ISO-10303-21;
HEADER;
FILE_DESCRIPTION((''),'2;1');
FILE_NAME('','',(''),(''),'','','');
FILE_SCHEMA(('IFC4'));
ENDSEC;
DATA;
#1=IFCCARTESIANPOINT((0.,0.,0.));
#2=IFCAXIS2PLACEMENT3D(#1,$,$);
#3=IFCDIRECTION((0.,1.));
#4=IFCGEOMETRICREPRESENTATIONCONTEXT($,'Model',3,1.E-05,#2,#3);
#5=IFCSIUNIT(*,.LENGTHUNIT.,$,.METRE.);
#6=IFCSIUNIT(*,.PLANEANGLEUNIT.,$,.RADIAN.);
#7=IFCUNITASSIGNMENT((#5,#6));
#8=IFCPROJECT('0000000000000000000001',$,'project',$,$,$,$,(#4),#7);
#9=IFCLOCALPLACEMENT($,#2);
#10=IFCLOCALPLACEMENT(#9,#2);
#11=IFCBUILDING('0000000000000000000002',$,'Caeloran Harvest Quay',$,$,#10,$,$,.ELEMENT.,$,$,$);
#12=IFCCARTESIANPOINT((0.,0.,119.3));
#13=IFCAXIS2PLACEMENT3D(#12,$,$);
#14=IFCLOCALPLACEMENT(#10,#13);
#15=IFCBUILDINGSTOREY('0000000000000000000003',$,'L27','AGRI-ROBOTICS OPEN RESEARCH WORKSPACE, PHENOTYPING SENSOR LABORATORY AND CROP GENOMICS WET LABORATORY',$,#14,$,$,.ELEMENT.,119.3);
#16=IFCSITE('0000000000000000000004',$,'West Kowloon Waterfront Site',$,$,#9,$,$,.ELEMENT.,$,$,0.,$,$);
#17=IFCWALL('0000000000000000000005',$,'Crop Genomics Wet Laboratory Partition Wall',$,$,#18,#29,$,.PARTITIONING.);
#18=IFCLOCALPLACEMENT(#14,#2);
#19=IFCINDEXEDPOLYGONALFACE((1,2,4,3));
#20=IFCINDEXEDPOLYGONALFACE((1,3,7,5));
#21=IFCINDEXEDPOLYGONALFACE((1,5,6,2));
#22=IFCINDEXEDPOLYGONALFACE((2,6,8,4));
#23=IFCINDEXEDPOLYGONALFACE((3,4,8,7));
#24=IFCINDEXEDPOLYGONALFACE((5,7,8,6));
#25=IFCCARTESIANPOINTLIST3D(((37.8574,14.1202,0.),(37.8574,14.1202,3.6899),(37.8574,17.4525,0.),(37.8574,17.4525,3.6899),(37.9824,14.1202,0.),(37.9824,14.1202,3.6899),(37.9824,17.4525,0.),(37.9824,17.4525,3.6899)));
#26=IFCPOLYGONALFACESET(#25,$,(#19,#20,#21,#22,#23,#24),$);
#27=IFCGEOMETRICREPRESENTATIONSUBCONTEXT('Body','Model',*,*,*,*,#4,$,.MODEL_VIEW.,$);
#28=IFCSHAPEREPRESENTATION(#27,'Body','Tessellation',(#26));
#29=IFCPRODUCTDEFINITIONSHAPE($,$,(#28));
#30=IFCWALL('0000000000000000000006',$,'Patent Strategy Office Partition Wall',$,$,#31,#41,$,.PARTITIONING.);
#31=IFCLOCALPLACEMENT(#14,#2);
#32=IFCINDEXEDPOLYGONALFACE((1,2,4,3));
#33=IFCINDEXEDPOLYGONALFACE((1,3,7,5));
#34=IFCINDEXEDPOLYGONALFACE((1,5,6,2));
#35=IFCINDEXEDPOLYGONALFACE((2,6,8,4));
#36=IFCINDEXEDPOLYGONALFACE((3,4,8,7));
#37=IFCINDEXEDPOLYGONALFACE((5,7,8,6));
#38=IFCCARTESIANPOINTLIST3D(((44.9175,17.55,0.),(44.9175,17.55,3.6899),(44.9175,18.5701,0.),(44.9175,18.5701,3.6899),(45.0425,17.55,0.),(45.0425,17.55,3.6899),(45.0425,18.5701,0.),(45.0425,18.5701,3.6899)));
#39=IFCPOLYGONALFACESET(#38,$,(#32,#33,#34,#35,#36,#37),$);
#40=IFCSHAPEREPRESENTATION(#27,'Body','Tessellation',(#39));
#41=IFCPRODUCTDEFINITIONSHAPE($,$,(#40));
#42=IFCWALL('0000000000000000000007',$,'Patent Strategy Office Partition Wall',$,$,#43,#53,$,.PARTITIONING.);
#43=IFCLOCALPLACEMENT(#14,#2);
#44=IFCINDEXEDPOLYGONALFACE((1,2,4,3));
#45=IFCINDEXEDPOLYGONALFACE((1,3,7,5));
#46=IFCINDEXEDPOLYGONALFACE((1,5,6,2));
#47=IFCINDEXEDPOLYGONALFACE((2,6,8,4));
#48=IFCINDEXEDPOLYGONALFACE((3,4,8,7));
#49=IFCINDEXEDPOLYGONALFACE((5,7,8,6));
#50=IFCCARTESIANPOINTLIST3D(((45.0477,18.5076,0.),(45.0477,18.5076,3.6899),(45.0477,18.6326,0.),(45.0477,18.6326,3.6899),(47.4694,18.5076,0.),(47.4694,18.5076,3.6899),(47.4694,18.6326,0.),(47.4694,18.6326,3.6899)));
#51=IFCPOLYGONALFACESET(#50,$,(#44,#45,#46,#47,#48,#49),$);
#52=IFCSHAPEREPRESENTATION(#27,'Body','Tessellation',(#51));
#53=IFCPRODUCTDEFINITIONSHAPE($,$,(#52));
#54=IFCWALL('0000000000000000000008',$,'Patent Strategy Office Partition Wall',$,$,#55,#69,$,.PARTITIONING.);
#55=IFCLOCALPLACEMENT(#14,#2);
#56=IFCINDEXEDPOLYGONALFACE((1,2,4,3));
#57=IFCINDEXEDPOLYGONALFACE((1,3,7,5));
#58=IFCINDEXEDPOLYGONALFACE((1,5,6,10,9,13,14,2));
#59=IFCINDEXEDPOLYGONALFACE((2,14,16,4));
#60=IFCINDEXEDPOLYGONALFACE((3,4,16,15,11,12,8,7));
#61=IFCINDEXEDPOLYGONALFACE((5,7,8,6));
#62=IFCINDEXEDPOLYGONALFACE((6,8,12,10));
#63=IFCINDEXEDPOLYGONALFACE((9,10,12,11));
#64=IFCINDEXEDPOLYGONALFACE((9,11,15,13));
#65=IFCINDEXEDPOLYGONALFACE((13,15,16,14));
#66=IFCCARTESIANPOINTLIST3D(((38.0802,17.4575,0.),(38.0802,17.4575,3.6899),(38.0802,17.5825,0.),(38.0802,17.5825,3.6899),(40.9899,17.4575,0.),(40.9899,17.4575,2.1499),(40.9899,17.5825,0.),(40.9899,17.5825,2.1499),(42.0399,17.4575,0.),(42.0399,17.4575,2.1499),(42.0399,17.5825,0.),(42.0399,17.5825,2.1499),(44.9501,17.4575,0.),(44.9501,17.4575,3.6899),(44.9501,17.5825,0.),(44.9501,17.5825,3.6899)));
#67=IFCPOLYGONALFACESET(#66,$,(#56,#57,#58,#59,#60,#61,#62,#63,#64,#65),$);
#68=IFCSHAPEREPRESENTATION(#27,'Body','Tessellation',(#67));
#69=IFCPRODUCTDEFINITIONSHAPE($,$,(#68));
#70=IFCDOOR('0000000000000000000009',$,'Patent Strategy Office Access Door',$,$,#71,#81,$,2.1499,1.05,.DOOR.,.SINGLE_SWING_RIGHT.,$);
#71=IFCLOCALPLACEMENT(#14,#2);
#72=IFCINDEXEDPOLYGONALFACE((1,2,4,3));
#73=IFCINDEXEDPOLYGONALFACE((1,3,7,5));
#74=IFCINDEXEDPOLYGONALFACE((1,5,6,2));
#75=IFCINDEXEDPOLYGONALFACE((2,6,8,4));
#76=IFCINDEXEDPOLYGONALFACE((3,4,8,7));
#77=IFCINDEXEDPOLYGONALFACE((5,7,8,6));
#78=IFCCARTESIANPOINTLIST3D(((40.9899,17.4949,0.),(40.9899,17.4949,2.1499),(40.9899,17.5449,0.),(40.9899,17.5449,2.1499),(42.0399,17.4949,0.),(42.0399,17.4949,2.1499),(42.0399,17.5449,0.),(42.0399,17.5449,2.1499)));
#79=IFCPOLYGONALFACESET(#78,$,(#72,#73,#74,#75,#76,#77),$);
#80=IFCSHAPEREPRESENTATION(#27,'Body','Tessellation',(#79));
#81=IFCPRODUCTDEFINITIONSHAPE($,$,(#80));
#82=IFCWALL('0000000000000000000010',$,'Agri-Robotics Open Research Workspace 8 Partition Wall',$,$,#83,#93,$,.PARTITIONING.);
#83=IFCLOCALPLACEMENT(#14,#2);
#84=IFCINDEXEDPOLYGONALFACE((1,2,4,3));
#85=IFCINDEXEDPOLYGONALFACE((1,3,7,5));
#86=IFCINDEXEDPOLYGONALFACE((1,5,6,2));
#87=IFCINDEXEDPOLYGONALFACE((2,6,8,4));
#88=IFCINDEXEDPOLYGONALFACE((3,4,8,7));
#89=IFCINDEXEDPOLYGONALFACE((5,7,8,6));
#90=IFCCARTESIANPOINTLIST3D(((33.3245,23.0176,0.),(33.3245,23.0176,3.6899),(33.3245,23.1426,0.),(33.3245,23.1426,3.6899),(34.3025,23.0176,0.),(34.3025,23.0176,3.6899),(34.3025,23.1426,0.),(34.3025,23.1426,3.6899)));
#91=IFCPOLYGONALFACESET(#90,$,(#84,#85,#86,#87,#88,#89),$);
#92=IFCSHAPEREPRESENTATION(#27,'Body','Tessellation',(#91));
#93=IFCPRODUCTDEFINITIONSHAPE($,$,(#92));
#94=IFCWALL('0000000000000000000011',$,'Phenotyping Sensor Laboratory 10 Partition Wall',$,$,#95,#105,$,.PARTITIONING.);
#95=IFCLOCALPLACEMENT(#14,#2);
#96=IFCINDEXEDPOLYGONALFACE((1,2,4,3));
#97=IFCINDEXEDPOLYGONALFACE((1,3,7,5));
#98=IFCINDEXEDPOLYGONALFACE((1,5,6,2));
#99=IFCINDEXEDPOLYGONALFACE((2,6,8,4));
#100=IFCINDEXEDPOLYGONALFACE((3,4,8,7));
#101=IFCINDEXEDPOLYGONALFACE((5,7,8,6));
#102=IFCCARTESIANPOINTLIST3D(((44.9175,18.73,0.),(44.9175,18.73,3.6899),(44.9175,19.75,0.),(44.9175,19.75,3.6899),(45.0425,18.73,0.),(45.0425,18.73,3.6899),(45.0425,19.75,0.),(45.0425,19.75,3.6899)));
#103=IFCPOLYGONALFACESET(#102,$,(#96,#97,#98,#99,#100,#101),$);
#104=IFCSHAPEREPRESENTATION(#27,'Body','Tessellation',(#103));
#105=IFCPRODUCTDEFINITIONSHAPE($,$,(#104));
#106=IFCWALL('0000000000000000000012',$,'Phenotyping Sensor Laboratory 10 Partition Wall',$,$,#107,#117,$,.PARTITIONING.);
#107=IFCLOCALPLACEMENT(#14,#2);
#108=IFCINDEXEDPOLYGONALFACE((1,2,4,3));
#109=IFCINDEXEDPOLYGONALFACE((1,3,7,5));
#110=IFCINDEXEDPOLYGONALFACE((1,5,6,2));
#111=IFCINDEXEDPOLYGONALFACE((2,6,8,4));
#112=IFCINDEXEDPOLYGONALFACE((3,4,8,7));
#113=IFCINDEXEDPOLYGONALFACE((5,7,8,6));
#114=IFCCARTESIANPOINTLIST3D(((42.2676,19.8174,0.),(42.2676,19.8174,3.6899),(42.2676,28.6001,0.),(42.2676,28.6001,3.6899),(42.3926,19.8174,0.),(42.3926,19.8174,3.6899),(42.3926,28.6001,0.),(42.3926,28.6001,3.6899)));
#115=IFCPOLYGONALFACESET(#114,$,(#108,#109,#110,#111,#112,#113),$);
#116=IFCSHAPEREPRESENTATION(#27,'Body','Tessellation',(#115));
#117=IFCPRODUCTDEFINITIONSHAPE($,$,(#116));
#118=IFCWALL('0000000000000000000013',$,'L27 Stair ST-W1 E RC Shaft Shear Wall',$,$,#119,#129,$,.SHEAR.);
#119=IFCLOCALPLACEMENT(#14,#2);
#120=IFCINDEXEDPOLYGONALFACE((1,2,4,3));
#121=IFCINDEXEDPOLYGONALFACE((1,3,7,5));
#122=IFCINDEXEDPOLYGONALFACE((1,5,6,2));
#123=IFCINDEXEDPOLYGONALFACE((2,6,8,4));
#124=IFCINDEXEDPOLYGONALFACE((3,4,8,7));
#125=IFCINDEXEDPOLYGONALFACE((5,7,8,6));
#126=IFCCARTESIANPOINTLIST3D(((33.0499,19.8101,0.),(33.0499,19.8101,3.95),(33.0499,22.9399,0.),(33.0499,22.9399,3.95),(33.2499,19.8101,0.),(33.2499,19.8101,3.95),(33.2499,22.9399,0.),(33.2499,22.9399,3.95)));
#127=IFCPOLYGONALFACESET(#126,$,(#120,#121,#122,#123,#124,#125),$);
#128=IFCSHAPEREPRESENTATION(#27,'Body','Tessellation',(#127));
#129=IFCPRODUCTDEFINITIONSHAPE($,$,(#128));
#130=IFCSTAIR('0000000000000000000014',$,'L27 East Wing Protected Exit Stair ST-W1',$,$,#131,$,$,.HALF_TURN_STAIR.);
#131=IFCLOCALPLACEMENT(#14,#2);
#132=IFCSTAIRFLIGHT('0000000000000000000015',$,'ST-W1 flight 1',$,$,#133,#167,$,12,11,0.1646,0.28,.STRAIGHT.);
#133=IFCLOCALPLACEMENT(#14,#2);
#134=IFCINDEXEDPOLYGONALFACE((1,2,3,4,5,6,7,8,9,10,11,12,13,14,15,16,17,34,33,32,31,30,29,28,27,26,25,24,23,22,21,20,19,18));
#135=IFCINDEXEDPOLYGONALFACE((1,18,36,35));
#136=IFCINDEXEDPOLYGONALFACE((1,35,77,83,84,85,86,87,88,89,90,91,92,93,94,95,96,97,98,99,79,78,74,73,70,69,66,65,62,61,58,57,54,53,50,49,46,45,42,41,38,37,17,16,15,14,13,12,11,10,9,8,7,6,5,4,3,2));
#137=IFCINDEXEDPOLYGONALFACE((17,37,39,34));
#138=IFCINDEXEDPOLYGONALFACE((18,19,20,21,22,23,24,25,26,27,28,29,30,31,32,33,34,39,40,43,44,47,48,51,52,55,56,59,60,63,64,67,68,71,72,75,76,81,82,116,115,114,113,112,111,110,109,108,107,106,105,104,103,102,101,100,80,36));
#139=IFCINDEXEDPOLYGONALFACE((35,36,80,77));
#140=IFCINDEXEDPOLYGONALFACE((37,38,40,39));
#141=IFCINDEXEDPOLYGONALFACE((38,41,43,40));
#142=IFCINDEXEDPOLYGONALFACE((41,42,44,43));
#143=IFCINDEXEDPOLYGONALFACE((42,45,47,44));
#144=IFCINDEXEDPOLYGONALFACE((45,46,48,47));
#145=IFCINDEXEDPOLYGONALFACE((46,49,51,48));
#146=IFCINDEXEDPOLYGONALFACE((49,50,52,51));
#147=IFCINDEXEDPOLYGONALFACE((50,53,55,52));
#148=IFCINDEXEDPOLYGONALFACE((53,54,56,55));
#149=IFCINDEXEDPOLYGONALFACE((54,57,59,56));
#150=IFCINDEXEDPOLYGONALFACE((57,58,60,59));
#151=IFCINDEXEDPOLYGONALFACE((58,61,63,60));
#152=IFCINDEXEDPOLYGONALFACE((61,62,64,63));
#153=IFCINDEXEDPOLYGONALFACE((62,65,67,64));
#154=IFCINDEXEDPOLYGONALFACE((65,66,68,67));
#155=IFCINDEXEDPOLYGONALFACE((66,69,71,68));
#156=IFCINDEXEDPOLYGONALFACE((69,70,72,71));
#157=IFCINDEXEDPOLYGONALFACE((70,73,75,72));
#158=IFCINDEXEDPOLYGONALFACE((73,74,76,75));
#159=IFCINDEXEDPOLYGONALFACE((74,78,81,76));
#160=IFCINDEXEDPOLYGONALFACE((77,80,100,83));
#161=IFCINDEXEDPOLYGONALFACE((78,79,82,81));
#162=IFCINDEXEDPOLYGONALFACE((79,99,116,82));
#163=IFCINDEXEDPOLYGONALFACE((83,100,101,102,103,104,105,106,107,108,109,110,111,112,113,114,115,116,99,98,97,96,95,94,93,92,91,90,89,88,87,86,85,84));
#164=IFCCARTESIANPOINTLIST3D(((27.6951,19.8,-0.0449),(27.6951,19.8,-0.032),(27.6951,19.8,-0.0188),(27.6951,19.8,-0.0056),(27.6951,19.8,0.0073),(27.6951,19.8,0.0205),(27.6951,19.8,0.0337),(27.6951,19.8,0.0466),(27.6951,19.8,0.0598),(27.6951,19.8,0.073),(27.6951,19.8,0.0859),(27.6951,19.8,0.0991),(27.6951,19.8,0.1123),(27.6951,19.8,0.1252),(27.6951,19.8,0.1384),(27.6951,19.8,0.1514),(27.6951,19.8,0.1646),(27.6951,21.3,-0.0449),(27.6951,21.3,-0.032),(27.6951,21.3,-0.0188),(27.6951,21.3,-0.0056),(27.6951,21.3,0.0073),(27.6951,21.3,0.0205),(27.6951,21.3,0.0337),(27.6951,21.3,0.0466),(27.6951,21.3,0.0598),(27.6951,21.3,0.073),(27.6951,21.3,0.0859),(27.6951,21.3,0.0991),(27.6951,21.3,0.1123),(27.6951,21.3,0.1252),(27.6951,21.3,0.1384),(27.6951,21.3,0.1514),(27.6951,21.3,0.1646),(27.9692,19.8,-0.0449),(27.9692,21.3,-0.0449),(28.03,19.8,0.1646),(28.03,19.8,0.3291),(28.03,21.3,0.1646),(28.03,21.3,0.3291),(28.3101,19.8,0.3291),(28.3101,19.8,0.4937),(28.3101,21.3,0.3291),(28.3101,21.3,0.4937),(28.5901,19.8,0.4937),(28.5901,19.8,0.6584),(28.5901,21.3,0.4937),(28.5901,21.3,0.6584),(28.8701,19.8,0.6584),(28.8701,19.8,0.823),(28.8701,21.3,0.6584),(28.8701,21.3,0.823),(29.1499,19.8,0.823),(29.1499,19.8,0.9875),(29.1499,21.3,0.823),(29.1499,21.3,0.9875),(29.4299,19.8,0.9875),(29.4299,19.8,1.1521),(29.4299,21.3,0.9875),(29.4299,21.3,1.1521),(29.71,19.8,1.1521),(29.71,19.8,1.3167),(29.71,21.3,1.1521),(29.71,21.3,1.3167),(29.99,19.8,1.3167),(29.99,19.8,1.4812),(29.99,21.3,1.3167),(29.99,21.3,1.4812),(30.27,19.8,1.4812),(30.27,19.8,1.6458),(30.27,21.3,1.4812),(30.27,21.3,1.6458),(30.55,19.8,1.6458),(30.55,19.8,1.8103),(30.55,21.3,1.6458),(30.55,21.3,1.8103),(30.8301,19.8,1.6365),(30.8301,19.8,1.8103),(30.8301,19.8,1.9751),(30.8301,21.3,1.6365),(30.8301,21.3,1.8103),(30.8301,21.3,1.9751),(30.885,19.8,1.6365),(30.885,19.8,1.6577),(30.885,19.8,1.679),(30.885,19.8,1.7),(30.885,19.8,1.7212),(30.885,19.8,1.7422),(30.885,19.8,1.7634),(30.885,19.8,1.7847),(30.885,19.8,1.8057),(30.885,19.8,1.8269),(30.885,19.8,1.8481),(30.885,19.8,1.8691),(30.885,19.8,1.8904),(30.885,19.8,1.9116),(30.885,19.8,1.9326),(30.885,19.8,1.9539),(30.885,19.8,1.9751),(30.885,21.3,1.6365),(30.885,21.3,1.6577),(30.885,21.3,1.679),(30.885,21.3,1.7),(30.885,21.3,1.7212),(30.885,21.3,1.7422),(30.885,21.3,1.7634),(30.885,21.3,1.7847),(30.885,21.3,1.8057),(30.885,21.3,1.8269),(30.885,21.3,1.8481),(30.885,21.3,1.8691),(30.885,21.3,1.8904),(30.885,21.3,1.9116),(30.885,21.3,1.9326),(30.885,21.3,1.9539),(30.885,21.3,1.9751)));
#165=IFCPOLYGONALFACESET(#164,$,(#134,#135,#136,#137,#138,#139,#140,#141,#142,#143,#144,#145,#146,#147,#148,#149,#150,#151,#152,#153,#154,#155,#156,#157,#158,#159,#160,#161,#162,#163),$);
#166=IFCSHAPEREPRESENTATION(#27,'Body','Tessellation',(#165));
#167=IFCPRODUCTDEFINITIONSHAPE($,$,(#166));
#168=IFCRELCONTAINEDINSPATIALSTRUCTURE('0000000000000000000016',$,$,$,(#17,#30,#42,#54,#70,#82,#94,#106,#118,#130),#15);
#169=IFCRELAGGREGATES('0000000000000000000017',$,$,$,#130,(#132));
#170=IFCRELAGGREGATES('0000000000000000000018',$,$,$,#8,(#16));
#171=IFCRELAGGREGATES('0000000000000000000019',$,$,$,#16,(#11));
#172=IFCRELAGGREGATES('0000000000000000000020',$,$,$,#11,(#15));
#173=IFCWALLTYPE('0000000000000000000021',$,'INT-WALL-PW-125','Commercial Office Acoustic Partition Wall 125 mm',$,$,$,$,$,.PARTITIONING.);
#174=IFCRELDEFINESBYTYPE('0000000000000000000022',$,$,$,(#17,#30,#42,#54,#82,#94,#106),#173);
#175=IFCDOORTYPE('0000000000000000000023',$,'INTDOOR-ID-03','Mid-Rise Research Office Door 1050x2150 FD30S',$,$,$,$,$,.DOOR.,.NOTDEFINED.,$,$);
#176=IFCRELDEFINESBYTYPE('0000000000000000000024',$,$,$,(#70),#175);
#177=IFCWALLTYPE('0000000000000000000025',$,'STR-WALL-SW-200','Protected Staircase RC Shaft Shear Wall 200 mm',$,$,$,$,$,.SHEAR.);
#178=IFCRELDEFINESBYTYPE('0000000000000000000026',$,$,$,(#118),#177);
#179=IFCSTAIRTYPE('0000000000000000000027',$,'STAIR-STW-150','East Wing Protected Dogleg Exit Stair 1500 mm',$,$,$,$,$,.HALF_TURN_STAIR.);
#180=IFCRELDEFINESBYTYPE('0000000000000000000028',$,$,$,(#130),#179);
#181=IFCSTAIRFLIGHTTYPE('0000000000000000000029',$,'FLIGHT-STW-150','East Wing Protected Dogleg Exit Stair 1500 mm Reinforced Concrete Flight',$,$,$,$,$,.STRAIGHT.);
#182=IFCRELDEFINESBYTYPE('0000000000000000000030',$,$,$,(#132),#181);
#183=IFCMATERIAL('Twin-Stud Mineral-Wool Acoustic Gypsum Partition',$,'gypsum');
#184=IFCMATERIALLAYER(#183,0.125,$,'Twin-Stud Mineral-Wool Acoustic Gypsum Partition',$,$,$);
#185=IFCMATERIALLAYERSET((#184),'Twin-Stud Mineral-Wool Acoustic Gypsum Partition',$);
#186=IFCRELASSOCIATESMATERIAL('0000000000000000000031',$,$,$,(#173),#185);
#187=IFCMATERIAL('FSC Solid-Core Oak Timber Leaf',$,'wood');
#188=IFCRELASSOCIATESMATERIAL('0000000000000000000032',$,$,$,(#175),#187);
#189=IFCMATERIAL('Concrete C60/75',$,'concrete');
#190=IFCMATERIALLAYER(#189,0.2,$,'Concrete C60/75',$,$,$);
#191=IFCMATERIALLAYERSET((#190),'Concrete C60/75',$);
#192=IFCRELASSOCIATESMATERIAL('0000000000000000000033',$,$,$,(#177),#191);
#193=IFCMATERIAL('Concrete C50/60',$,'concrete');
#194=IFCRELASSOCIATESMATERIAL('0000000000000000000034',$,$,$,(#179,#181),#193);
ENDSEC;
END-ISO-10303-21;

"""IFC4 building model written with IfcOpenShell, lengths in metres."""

from ifc_helpers import new_model, si_unit, direction, frame, frame_2d, origin, place, context, subcontext, project, spatial, polyline, rectangle, outline, extrude, material, layer, layer_set, type_object, element, fill, aggregate, save


model = new_model("IFC4")

# Units and contexts
model_context = context("Model", 3, precision=1e-05, world=origin(), true_north=direction((0.0, 1.0)))
body_context = subcontext(model_context, "Body", "Model", "MODEL_VIEW")
ifc_project = project(units=[si_unit("LENGTHUNIT", "METRE"), si_unit("PLANEANGLEUNIT", "RADIAN")], contexts=[model_context])

# Site, building, storey
site_placement = place(None, origin())
site = spatial("IfcSite", under=ifc_project, at=site_placement, Name="West Kowloon Waterfront Site", CompositionType="ELEMENT", RefElevation=0.0)
building_placement = place(site_placement, origin())
building = spatial("IfcBuilding", under=site, at=building_placement, Name="Caeloran Harvest Quay", CompositionType="ELEMENT")
storey_placement = place(building_placement, frame((0.0, 0.0, 119.3)))
storey = spatial("IfcBuildingStorey", under=building, at=storey_placement, Name="L27", Description="AGRI-ROBOTICS OPEN RESEARCH WORKSPACE, PHENOTYPING SENSOR LABORATORY AND CROP GENOMICS WET LABORATORY", CompositionType="ELEMENT", Elevation=119.3)

# Walls
ifc_material_1 = material(Name="Twin-Stud Mineral-Wool Acoustic Gypsum Partition", Category="gypsum")
ifc_layer_1 = layer(ifc_material_1, 0.125, Name="Twin-Stud Mineral-Wool Acoustic Gypsum Partition")
ifc_layer_set_1 = layer_set([ifc_layer_1], Name="Twin-Stud Mineral-Wool Acoustic Gypsum Partition")
wall_type_1 = type_object("IfcWallType", Name="INT-WALL-PW-125", Description="Commercial Office Acoustic Partition Wall 125 mm", PredefinedType="PARTITIONING", material=ifc_layer_set_1)
wall_1_placement = place(storey_placement, frame((37.9199, 17.4524, 0.0), z_axis=(0.0, 0.0, 1.0), x_axis=(0.0, -1.0, 0.0)))
element("IfcWall", 1, at=wall_1_placement, inside=storey, type_object=wall_type_1, Name="Crop Genomics Wet Laboratory Partition Wall", PredefinedType="PARTITIONING", context=body_context, shape_type="SweptSolid", body=[
    extrude(rectangle(XDim=3.3323, YDim=0.125, at=frame_2d((1.666, 0.0))), origin(), (0.0, 0.0, 1.0), 3.6899),
])
wall_2_placement = place(storey_placement, frame((44.98, 17.55, 0.0), z_axis=(0.0, 0.0, 1.0), x_axis=(0.0, 1.0, 0.0)))
element("IfcWall", 2, at=wall_2_placement, inside=storey, type_object=wall_type_1, Name="Patent Strategy Office Partition Wall", PredefinedType="PARTITIONING", context=body_context, shape_type="SweptSolid", body=[
    extrude(rectangle(XDim=1.02, YDim=0.125, at=frame_2d((0.51, 0.0))), origin(), (0.0, 0.0, 1.0), 3.6899),
])
wall_3_placement = place(storey_placement, frame((45.0476, 18.5701, 0.0), z_axis=(0.0, 0.0, 1.0), x_axis=(1.0, 0.0, 0.0)))
element("IfcWall", 3, at=wall_3_placement, inside=storey, type_object=wall_type_1, Name="Patent Strategy Office Partition Wall", PredefinedType="PARTITIONING", context=body_context, shape_type="SweptSolid", body=[
    extrude(rectangle(XDim=2.4216, YDim=0.125, at=frame_2d((1.2109, 0.0))), origin(), (0.0, 0.0, 1.0), 3.6899),
])

# Wall, opening, door
wall_4_placement = place(storey_placement, frame((38.0801, 17.52, 0.0), z_axis=(0.0, 0.0, 1.0), x_axis=(1.0, 0.0, 0.0)))
wall_4 = element("IfcWall", 4, at=wall_4_placement, inside=storey, type_object=wall_type_1, Name="Patent Strategy Office Partition Wall", PredefinedType="PARTITIONING", context=body_context, shape_type="SweptSolid", body=[
    extrude(rectangle(XDim=6.8699, YDim=0.125, at=frame_2d((3.4351, 0.0))), origin(), (0.0, 0.0, 1.0), 3.6899),
])
opening_1_placement = place(wall_4_placement, frame((2.9099, 0.0, 0.0)))
opening_1 = element("IfcOpeningElement", 5, at=opening_1_placement, cuts=wall_4, PredefinedType="OPENING", context=body_context, shape_type="SweptSolid", body=[
    extrude(rectangle(XDim=1.05, YDim=2.1499, at=frame_2d((0.5249, 1.075))), frame((0.0, 0.0725, 0.0), z_axis=(0.0, -1.0, 0.0), x_axis=(1.0, 0.0, 0.0)), (0.0, 0.0, 1.0), 0.145),
])
ifc_material_2 = material(Name="FSC Solid-Core Oak Timber Leaf", Category="wood")
door_type = type_object("IfcDoorType", Name="INTDOOR-ID-03", Description="Mid-Rise Research Office Door 1050x2150 FD30S", OperationType="NOTDEFINED", PredefinedType="DOOR", material=ifc_material_2)
door_1_placement = place(opening_1_placement, origin())
door_1 = element("IfcDoor", 6, at=door_1_placement, inside=storey, type_object=door_type, Name="Patent Strategy Office Access Door", OperationType="SINGLE_SWING_RIGHT", OverallHeight=2.1499, OverallWidth=1.05, PredefinedType="DOOR", context=body_context, shape_type="SweptSolid", body=[
    extrude(rectangle(XDim=1.05, YDim=2.1499, at=frame_2d((0.5249, 1.075))), frame((0.0, 0.0249, 0.0), z_axis=(0.0, -1.0, 0.0), x_axis=(1.0, 0.0, 0.0)), (0.0, 0.0, 1.0), 0.05),
])
fill(opening_1, door_1)

# Walls
wall_5_placement = place(storey_placement, frame((34.3025, 23.0801, 0.0), z_axis=(0.0, 0.0, 1.0), x_axis=(-1.0, 0.0, 0.0)))
element("IfcWall", 7, at=wall_5_placement, inside=storey, type_object=wall_type_1, Name="Agri-Robotics Open Research Workspace 8 Partition Wall", PredefinedType="PARTITIONING", context=body_context, shape_type="SweptSolid", body=[
    extrude(rectangle(XDim=0.978, YDim=0.125, at=frame_2d((0.489, 0.0))), origin(), (0.0, 0.0, 1.0), 3.6899),
])
wall_6_placement = place(storey_placement, frame((44.98, 18.73, 0.0), z_axis=(0.0, 0.0, 1.0), x_axis=(0.0, 1.0, 0.0)))
element("IfcWall", 8, at=wall_6_placement, inside=storey, type_object=wall_type_1, Name="Phenotyping Sensor Laboratory 10 Partition Wall", PredefinedType="PARTITIONING", context=body_context, shape_type="SweptSolid", body=[
    extrude(rectangle(XDim=1.02, YDim=0.125, at=frame_2d((0.51, 0.0))), origin(), (0.0, 0.0, 1.0), 3.6899),
])

# Walls
wall_7_placement = place(storey_placement, frame((42.3301, 19.8174, 0.0), z_axis=(0.0, 0.0, 1.0), x_axis=(0.0, 1.0, 0.0)))
element("IfcWall", 9, at=wall_7_placement, inside=storey, type_object=wall_type_1, Name="Phenotyping Sensor Laboratory 10 Partition Wall", PredefinedType="PARTITIONING", context=body_context, shape_type="SweptSolid", body=[
    extrude(rectangle(XDim=8.7827, YDim=0.125, at=frame_2d((4.3914, 0.0))), origin(), (0.0, 0.0, 1.0), 3.6899),
])
ifc_material_3 = material(Name="Concrete C60/75", Category="concrete")
ifc_layer_2 = layer(ifc_material_3, 0.2, Name="Concrete C60/75")
ifc_layer_set_2 = layer_set([ifc_layer_2], Name="Concrete C60/75")
wall_type_2 = type_object("IfcWallType", Name="STR-WALL-SW-200", Description="Protected Staircase RC Shaft Shear Wall 200 mm", PredefinedType="SHEAR", material=ifc_layer_set_2)
wall_8_placement = place(storey_placement, frame((33.1499, 19.8101, 0.0), z_axis=(0.0, 0.0, 1.0), x_axis=(0.0, 1.0, 0.0)))
element("IfcWall", 10, at=wall_8_placement, inside=storey, type_object=wall_type_2, Name="L27 Stair ST-W1 E RC Shaft Shear Wall", PredefinedType="SHEAR", context=body_context, shape_type="SweptSolid", body=[
    extrude(rectangle(XDim=3.1299, YDim=0.2, at=frame_2d((1.5649, 0.0))), origin(), (0.0, 0.0, 1.0), 3.95),
])

# Stair, stair flight
ifc_material_4 = material(Name="Concrete C50/60", Category="concrete")
stair_type = type_object("IfcStairType", Name="STAIR-STW-150", Description="East Wing Protected Dogleg Exit Stair 1500 mm", PredefinedType="HALF_TURN_STAIR", material=ifc_material_4)
stair_placement = place(storey_placement, origin())
stair = element("IfcStair", 11, at=stair_placement, inside=storey, type_object=stair_type, Name="L27 East Wing Protected Exit Stair ST-W1", PredefinedType="HALF_TURN_STAIR")
stair_flight_type = type_object("IfcStairFlightType", Name="FLIGHT-STW-150", Description="East Wing Protected Dogleg Exit Stair 1500 mm Reinforced Concrete Flight", PredefinedType="STRAIGHT", material=ifc_material_4)
stair_flight_1_placement = place(storey_placement, frame((27.75, 20.55, 0.0), z_axis=(0.0, 0.0, 1.0), x_axis=(1.0, 0.0, 0.0)))
stair_flight_1 = element("IfcStairFlight", 12, at=stair_flight_1_placement, type_object=stair_flight_type, Name="ST-W1 flight 1", NumberOfRisers=12, NumberOfTreads=11, PredefinedType="STRAIGHT", RiserHeight=0.1646, TreadLength=0.28, context=body_context, shape_type="SweptSolid", body=[
    extrude(outline(polyline([(-0.0549, -0.0449), (-0.0549, -0.032), (-0.0549, -0.0188), (-0.0549, -0.0056), (-0.0549, 0.0073), (-0.0549, 0.0205), (-0.0549, 0.0337), (-0.0549, 0.0466), (-0.0549, 0.0598), (-0.0549, 0.073), (-0.0549, 0.0859), (-0.0549, 0.0991), (-0.0549, 0.1123), (-0.0549, 0.1252), (-0.0549, 0.1384), (-0.0549, 0.1514), (-0.0549, 0.1646), (0.28, 0.1646), (0.28, 0.3291), (0.5601, 0.3291), (0.5601, 0.4937), (0.8401, 0.4937), (0.8401, 0.6584), (1.1201, 0.6584), (1.1201, 0.823), (1.3999, 0.823), (1.3999, 0.9875), (1.6799, 0.9875), (1.6799, 1.1521), (1.96, 1.1521), (1.96, 1.3167), (2.24, 1.3167), (2.24, 1.4812), (2.52, 1.4812), (2.52, 1.6458), (2.8, 1.6458), (2.8, 1.8103), (3.0801, 1.8103), (3.0801, 1.9751), (3.135, 1.9751), (3.135, 1.9539), (3.135, 1.9326), (3.135, 1.9116), (3.135, 1.8904), (3.135, 1.8691), (3.135, 1.8481), (3.135, 1.8269), (3.135, 1.8057), (3.135, 1.7847), (3.135, 1.7634), (3.135, 1.7422), (3.135, 1.7212), (3.135, 1.7), (3.135, 1.679), (3.135, 1.6577), (3.135, 1.6365), (3.0801, 1.6365), (0.2192, -0.0449), (-0.0549, -0.0449)])), frame((0.0, 0.75, 0.0), z_axis=(0.0, -1.0, 0.0), x_axis=(1.0, 0.0, 0.0)), (0.0, 0.0, 1.0), 1.5),
])
aggregate(stair, [stair_flight_1])

save(model, "model.ifc")
